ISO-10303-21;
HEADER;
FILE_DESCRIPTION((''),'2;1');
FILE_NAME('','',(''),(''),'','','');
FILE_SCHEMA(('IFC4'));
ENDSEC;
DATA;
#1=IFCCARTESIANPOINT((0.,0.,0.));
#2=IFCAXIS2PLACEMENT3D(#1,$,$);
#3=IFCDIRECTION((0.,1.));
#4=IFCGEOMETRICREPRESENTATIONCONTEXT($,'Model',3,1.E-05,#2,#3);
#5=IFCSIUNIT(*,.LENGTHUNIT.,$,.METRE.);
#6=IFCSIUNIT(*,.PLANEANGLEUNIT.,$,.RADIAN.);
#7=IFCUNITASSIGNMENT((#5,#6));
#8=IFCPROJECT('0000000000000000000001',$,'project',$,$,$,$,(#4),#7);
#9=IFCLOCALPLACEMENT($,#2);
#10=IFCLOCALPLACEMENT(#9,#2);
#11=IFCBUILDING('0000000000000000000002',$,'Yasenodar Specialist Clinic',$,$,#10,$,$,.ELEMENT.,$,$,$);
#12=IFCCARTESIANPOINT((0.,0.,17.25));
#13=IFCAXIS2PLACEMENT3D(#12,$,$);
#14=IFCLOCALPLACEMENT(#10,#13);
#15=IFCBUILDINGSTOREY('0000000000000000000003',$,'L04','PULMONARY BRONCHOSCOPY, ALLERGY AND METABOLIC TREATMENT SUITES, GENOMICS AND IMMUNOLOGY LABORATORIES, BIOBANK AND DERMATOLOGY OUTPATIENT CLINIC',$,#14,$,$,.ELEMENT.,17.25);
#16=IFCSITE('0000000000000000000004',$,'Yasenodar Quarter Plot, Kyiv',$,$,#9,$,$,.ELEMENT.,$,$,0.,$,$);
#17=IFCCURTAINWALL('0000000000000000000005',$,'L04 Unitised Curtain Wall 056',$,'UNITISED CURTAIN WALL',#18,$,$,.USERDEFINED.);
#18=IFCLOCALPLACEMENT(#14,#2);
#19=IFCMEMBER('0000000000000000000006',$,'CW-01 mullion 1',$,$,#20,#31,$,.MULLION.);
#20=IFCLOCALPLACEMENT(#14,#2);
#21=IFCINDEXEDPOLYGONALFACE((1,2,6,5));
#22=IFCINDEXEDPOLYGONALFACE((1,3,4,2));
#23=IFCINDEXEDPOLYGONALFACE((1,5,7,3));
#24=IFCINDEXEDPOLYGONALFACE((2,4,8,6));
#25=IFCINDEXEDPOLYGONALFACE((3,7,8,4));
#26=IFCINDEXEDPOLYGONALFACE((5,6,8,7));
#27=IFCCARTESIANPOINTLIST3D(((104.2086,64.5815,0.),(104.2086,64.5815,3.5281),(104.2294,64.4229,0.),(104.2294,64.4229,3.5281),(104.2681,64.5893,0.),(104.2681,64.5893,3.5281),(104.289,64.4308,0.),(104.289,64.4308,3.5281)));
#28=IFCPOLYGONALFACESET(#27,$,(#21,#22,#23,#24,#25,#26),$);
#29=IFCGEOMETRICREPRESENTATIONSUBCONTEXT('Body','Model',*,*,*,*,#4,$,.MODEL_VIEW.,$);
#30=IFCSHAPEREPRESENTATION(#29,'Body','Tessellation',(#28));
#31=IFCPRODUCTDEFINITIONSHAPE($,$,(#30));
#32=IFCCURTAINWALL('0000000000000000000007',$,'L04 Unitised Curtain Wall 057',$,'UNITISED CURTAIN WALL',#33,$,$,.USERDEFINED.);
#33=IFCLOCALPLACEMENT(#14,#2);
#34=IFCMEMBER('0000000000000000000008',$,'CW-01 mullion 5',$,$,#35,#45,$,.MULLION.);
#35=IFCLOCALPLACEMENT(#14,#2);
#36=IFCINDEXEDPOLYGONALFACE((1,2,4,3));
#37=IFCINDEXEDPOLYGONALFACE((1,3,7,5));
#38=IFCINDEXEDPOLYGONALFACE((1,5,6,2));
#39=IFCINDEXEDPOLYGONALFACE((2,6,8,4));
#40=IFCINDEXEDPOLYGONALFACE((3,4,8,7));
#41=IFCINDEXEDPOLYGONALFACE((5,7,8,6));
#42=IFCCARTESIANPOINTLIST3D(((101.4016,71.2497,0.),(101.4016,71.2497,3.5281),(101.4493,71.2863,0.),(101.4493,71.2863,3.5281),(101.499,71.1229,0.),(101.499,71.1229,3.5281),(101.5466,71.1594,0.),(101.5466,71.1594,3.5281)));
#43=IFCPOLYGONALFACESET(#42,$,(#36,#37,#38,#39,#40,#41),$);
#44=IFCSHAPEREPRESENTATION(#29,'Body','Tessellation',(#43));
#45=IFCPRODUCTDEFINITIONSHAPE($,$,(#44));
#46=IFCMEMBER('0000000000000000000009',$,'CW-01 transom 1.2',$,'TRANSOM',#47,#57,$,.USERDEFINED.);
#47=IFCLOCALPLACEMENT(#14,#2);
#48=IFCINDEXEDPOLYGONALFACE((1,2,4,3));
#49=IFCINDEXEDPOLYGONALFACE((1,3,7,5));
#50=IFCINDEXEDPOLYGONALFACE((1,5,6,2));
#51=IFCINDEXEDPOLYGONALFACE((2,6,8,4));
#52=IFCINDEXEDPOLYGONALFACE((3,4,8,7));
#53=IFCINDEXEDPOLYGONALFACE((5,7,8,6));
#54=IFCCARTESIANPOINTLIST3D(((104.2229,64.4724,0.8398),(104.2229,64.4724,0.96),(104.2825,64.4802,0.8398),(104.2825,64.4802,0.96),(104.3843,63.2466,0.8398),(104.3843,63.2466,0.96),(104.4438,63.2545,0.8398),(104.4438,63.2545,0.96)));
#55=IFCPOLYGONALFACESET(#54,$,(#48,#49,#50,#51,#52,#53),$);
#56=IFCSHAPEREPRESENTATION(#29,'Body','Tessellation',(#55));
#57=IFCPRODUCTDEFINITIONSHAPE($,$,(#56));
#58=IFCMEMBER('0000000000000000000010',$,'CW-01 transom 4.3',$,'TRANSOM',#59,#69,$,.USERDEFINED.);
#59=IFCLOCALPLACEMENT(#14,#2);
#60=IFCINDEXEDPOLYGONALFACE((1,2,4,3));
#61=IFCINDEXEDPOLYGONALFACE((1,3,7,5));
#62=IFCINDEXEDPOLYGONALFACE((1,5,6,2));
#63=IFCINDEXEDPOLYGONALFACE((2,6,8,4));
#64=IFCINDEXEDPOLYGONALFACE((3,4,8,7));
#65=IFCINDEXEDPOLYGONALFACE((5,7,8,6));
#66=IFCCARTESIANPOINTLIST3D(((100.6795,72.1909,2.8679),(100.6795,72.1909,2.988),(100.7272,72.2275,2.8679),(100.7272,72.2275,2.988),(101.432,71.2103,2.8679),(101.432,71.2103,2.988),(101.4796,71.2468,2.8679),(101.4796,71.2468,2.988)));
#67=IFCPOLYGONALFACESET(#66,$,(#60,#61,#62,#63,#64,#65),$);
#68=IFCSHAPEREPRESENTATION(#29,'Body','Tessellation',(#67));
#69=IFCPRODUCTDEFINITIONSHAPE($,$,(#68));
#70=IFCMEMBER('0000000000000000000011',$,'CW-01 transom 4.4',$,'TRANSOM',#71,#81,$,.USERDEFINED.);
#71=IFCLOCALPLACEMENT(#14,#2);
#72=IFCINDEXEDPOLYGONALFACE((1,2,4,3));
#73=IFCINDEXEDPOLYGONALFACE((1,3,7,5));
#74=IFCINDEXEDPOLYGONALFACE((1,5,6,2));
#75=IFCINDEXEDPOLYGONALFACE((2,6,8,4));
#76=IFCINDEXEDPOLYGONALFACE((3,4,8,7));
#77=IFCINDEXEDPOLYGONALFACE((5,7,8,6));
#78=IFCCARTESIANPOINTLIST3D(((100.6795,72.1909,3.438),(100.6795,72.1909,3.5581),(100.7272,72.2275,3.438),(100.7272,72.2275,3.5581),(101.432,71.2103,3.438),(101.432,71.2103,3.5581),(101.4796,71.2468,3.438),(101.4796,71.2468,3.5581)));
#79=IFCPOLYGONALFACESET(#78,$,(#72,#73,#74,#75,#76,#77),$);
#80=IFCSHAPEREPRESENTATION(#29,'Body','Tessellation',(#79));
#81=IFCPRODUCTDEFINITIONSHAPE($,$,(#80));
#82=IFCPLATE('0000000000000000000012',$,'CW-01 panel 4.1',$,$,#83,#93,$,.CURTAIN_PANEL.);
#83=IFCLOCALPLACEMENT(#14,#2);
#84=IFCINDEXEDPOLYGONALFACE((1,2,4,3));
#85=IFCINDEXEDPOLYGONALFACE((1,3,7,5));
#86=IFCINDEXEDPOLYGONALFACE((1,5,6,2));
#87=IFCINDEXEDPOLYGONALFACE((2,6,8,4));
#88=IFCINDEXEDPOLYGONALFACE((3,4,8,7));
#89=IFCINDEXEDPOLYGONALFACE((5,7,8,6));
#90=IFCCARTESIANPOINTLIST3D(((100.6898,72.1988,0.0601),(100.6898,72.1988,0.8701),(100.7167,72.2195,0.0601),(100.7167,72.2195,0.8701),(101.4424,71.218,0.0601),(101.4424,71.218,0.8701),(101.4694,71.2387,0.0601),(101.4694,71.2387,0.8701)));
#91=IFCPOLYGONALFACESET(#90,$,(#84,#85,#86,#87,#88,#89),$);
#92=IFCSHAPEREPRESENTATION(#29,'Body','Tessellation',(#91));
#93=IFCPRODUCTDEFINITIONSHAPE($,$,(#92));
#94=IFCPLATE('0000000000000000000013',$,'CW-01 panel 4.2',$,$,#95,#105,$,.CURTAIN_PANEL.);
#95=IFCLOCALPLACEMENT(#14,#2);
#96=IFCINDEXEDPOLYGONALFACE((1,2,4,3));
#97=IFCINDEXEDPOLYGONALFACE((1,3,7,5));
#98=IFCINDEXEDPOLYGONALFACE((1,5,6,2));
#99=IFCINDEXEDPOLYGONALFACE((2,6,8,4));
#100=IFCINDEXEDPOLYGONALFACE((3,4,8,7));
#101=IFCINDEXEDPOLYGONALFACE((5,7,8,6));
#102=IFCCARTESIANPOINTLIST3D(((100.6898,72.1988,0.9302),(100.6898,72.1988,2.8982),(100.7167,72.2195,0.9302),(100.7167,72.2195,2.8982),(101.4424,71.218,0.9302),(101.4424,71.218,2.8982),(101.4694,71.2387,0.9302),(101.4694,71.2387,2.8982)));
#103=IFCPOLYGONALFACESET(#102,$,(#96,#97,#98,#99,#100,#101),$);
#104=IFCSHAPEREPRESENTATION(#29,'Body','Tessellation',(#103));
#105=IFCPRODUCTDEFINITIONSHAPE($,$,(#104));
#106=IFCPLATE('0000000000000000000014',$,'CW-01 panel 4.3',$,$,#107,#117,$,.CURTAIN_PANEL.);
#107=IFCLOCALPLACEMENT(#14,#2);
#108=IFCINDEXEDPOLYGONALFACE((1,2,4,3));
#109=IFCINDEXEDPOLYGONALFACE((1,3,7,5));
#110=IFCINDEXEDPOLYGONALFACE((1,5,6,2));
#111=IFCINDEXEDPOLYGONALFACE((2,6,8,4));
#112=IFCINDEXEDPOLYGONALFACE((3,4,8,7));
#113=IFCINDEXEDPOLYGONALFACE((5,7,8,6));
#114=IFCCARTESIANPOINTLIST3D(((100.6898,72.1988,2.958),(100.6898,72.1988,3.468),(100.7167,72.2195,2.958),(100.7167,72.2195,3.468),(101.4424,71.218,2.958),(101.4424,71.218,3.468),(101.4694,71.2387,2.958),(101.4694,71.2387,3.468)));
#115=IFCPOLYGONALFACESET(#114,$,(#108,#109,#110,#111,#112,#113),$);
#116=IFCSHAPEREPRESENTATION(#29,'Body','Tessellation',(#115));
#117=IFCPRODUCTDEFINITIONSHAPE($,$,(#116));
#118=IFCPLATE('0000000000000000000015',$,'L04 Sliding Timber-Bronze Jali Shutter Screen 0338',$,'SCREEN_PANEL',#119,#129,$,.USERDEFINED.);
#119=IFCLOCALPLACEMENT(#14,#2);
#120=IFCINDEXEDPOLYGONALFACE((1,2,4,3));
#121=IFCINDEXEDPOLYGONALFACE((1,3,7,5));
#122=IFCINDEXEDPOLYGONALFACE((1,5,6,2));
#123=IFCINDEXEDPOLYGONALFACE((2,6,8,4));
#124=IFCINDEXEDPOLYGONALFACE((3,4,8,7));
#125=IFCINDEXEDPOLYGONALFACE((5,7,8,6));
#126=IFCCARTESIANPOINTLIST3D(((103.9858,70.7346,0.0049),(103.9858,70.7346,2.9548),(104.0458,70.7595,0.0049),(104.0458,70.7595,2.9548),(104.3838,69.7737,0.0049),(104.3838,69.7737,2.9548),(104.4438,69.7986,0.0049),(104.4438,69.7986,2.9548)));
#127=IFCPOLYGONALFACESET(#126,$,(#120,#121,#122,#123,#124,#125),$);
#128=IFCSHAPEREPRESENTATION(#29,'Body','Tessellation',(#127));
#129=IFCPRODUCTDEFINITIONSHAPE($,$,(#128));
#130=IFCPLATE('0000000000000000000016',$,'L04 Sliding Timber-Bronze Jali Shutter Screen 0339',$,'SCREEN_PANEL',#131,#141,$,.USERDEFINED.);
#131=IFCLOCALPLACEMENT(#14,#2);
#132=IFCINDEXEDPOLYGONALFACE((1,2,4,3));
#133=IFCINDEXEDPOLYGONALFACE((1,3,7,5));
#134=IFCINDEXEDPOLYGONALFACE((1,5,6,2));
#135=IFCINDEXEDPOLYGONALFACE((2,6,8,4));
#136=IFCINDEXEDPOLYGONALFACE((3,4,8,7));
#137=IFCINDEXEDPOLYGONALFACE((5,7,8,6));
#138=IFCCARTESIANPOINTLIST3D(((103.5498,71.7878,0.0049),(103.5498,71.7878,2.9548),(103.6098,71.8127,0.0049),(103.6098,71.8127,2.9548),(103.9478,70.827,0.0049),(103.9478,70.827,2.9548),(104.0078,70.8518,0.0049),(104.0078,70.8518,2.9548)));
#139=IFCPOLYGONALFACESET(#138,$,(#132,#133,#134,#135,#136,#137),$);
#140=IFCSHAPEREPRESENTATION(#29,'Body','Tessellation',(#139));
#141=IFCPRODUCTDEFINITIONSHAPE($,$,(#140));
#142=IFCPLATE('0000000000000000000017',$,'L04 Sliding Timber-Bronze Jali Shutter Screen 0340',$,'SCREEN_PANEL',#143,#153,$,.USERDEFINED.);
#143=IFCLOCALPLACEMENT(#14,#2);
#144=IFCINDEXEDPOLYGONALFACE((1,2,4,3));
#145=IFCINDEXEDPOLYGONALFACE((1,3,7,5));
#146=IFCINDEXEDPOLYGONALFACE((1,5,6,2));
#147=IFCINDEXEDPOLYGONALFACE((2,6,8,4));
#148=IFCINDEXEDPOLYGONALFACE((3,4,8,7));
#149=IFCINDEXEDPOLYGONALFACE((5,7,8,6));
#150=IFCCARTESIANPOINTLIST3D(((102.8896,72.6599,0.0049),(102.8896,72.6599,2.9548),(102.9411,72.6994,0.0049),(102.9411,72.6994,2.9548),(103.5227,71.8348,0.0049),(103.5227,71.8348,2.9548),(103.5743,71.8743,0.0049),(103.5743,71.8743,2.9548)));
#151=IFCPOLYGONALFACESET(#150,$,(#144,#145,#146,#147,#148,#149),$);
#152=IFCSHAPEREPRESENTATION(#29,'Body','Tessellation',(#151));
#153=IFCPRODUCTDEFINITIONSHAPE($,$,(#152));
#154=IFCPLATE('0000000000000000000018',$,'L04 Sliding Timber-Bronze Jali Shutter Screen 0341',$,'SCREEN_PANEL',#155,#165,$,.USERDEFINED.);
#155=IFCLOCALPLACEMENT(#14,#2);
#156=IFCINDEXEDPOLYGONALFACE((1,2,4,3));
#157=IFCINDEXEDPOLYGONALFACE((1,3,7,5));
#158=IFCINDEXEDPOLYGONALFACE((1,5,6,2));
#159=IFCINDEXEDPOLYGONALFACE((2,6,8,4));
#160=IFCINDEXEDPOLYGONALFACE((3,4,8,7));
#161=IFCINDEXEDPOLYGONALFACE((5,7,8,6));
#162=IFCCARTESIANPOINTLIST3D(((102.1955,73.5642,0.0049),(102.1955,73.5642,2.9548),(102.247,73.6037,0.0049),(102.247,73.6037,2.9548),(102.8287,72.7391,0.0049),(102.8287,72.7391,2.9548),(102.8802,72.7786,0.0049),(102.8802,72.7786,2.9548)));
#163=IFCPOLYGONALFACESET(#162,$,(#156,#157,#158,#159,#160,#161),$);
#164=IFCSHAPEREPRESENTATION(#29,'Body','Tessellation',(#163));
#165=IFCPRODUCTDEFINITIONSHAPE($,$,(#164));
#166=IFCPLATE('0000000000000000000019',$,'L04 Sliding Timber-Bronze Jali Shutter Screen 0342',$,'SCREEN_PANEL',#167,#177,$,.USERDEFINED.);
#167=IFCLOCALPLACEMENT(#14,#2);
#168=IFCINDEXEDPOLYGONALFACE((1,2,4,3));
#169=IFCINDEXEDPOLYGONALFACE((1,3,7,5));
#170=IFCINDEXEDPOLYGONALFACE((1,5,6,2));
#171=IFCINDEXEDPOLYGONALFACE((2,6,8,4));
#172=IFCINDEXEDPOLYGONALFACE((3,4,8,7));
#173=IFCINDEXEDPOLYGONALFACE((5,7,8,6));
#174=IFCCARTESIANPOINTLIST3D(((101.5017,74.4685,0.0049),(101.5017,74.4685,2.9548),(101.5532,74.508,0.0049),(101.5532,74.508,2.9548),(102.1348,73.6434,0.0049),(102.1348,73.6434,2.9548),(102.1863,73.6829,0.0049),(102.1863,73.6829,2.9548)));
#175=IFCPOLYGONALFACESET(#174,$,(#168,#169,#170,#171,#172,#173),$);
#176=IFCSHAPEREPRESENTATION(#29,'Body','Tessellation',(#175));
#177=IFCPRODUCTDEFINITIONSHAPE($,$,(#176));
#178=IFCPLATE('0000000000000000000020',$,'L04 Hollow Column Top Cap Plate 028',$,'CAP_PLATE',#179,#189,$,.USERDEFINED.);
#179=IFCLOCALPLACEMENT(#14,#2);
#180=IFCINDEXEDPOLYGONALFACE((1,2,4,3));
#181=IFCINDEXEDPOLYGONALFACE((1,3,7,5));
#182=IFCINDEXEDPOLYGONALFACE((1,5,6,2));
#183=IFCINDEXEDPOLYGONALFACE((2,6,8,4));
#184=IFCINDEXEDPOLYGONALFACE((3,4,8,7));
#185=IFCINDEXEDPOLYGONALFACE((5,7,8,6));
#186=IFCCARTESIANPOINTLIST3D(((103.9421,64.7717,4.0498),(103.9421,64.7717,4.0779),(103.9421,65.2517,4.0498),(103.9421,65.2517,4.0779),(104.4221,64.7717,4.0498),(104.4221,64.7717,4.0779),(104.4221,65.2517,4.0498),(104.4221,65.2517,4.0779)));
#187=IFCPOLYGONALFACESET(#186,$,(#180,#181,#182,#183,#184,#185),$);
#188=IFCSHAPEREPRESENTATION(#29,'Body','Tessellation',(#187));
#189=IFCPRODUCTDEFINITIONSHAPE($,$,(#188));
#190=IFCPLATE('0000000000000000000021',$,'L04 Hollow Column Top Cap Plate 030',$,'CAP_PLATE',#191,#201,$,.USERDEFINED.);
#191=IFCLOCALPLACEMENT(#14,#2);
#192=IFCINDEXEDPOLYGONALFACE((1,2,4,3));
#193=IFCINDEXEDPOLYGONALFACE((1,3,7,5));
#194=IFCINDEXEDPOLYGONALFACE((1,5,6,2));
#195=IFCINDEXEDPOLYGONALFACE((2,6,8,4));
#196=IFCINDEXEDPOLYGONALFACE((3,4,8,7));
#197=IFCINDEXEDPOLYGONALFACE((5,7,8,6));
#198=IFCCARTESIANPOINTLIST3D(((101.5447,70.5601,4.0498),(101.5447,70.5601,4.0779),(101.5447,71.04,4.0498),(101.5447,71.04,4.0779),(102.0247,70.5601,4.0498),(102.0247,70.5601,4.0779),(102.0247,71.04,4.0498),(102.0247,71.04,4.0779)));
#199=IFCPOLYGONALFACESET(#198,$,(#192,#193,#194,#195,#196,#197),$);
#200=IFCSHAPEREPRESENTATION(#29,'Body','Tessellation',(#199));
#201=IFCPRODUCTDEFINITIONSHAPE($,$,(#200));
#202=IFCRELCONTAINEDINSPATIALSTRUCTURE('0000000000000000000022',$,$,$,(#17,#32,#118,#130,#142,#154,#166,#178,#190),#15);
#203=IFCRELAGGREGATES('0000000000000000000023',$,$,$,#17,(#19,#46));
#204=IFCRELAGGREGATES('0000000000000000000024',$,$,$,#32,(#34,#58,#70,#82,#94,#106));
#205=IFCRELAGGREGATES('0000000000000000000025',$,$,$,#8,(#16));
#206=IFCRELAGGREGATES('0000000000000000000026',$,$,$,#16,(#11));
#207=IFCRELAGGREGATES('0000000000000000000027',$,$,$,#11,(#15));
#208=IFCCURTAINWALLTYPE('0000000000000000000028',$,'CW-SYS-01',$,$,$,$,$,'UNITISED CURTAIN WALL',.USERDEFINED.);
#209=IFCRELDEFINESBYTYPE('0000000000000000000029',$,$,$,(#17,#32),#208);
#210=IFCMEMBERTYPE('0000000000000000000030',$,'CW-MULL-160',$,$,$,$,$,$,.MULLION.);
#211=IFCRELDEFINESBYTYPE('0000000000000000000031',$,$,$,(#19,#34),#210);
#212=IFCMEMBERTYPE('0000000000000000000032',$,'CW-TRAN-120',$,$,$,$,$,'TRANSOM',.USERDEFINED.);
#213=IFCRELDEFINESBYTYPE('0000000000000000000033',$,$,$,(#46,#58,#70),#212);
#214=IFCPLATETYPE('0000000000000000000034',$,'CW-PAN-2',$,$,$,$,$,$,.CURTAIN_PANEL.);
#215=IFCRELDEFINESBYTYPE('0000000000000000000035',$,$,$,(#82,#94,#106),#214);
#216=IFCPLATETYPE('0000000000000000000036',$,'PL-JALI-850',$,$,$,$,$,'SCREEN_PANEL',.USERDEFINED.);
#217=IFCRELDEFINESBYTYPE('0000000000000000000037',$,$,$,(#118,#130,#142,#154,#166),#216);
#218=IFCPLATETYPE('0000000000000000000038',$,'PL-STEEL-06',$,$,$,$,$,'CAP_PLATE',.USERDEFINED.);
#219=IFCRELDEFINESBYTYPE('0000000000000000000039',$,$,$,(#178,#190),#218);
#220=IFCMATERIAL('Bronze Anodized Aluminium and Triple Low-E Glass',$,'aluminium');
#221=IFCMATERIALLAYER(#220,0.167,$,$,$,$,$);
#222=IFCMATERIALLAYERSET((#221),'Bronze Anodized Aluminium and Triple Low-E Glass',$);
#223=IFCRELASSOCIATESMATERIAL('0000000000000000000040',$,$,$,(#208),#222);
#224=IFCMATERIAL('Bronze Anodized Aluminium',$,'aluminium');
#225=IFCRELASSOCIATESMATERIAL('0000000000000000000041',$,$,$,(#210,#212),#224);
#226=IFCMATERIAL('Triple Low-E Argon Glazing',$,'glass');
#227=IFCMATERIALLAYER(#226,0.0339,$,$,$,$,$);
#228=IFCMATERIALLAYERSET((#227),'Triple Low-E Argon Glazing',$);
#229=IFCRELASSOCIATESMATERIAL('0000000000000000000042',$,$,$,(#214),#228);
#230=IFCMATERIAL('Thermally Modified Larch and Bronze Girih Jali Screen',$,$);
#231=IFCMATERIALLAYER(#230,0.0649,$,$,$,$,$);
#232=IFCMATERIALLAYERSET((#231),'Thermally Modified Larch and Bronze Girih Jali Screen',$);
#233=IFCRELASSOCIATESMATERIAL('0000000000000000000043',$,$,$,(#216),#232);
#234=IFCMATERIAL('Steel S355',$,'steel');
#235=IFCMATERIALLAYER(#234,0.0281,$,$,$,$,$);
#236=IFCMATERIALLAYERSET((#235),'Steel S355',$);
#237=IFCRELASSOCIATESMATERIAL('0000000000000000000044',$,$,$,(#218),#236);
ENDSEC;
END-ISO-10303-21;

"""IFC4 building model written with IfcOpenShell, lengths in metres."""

from ifc_helpers import new_model, si_unit, direction, frame, origin, origin_2d, place, context, subcontext, project, spatial, rectangle, extrude, material, layer, layer_set, material_profile, profile_set, type_object, element, aggregate, save


model = new_model("IFC4")

# Units and contexts
model_context = context("Model", 3, precision=1e-05, world=origin(), true_north=direction((0.0, 1.0)))
body_context = subcontext(model_context, "Body", "Model", "MODEL_VIEW")
ifc_project = project(units=[si_unit("LENGTHUNIT", "METRE"), si_unit("PLANEANGLEUNIT", "RADIAN")], contexts=[model_context])

# Site, building, storey
site_placement = place(None, origin())
site = spatial("IfcSite", under=ifc_project, at=site_placement, Name="Yasenodar Quarter Plot, Kyiv", CompositionType="ELEMENT", RefElevation=0.0)
building_placement = place(site_placement, origin())
building = spatial("IfcBuilding", under=site, at=building_placement, Name="Yasenodar Specialist Clinic", CompositionType="ELEMENT")
storey_placement = place(building_placement, frame((0.0, 0.0, 17.25)))
storey = spatial("IfcBuildingStorey", under=building, at=storey_placement, Name="L04", Description="PULMONARY BRONCHOSCOPY, ALLERGY AND METABOLIC TREATMENT SUITES, GENOMICS AND IMMUNOLOGY LABORATORIES, BIOBANK AND DERMATOLOGY OUTPATIENT CLINIC", CompositionType="ELEMENT", Elevation=17.25)

# Shared definitions
ifc_material_1 = material(Name="Steel S355", Category="steel")

# Curtain walls, members
ifc_material_2 = material(Name="Bronze Anodized Aluminium and Triple Low-E Glass", Category="aluminium")
ifc_layer_1 = layer(ifc_material_2, 0.167)
ifc_layer_set_1 = layer_set([ifc_layer_1], Name="Bronze Anodized Aluminium and Triple Low-E Glass")
curtain_wall_type = type_object("IfcCurtainWallType", Name="CW-SYS-01", ElementType="UNITISED CURTAIN WALL", PredefinedType="USERDEFINED", material=ifc_layer_set_1)
curtain_wall_1_placement = place(storey_placement, origin())
curtain_wall_1 = element("IfcCurtainWall", 1, at=curtain_wall_1_placement, inside=storey, type_object=curtain_wall_type, Name="L04 Unitised Curtain Wall 056", ObjectType="UNITISED CURTAIN WALL", PredefinedType="USERDEFINED")
ifc_material_3 = material(Name="Bronze Anodized Aluminium", Category="aluminium")
ifc_material_profile_1 = material_profile(ifc_material_3, rectangle(XDim=0.0601, YDim=0.1599, at=origin_2d()), Name="CW-MULL 60x160")
ifc_profile_set_1 = profile_set([ifc_material_profile_1], Name="Bronze Anodized Aluminium")
member_type_1 = type_object("IfcMemberType", Name="CW-MULL-160", PredefinedType="MULLION", material=ifc_profile_set_1)
member_1_placement = place(storey_placement, frame((104.2488, 64.5061, 0.0), z_axis=(0.0, 0.0, 1.0), x_axis=(0.991447, 0.130512, 0.0)))
member_1 = element("IfcMember", 2, at=member_1_placement, type_object=member_type_1, Name="CW-01 mullion 1", PredefinedType="MULLION", context=body_context, shape_type="SweptSolid", body=[
    extrude(rectangle(XDim=0.0601, YDim=0.1599, at=origin_2d()), origin(), (0.0, 0.0, 1.0), 3.5281),
])
curtain_wall_2_placement = place(storey_placement, origin())
curtain_wall_2 = element("IfcCurtainWall", 3, at=curtain_wall_2_placement, inside=storey, type_object=curtain_wall_type, Name="L04 Unitised Curtain Wall 057", ObjectType="UNITISED CURTAIN WALL", PredefinedType="USERDEFINED")
member_2_placement = place(storey_placement, frame((101.4741, 71.2046, 0.0), z_axis=(0.0, 0.0, 1.0), x_axis=(0.793361, 0.608752, 0.0)))
member_2 = element("IfcMember", 4, at=member_2_placement, type_object=member_type_1, Name="CW-01 mullion 5", PredefinedType="MULLION", context=body_context, shape_type="SweptSolid", body=[
    extrude(rectangle(XDim=0.0601, YDim=0.1599, at=origin_2d()), origin(), (0.0, 0.0, 1.0), 3.5281),
])

# Members
ifc_material_profile_2 = material_profile(ifc_material_3, rectangle(XDim=0.0601, YDim=0.1201, at=origin_2d()), Name="CW-TRAN 60x120")
ifc_profile_set_2 = profile_set([ifc_material_profile_2], Name="Bronze Anodized Aluminium")
member_type_2 = type_object("IfcMemberType", Name="CW-TRAN-120", ElementType="TRANSOM", PredefinedType="USERDEFINED", material=ifc_profile_set_2)
member_3_placement = place(storey_placement, frame((104.2527, 64.4763, 0.8999), z_axis=(0.130521, -0.991446, 0.0), x_axis=(0.991446, 0.130521, 0.0)))
member_3 = element("IfcMember", 5, at=member_3_placement, type_object=member_type_2, Name="CW-01 transom 1.2", ObjectType="TRANSOM", PredefinedType="USERDEFINED", context=body_context, shape_type="SweptSolid", body=[
    extrude(rectangle(XDim=0.0601, YDim=0.1201, at=origin_2d()), origin(), (0.0, 0.0, 1.0), 1.2363),
])
aggregate(curtain_wall_1, [member_1, member_3])
member_4_placement = place(storey_placement, frame((100.7034, 72.2092, 2.928), z_axis=(0.608718, -0.793387, 0.0), x_axis=(0.793387, 0.608718, 0.0)))
member_4 = element("IfcMember", 6, at=member_4_placement, type_object=member_type_2, Name="CW-01 transom 4.3", ObjectType="TRANSOM", PredefinedType="USERDEFINED", context=body_context, shape_type="SweptSolid", body=[
    extrude(rectangle(XDim=0.0601, YDim=0.1201, at=origin_2d()), origin(), (0.0, 0.0, 1.0), 1.2361),
])
member_5_placement = place(storey_placement, frame((100.7034, 72.2092, 3.498), z_axis=(0.608718, -0.793387, 0.0), x_axis=(0.793387, 0.608718, 0.0)))
member_5 = element("IfcMember", 7, at=member_5_placement, type_object=member_type_2, Name="CW-01 transom 4.4", ObjectType="TRANSOM", PredefinedType="USERDEFINED", context=body_context, shape_type="SweptSolid", body=[
    extrude(rectangle(XDim=0.0601, YDim=0.1201, at=origin_2d()), origin(), (0.0, 0.0, 1.0), 1.2361),
])

# Plates
ifc_material_4 = material(Name="Triple Low-E Argon Glazing", Category="glass")
ifc_layer_2 = layer(ifc_material_4, 0.0339)
ifc_layer_set_2 = layer_set([ifc_layer_2], Name="Triple Low-E Argon Glazing")
plate_type_1 = type_object("IfcPlateType", Name="CW-PAN-2", PredefinedType="CURTAIN_PANEL", material=ifc_layer_set_2)
plate_1_placement = place(storey_placement, frame((101.0796, 71.7188, 0.0601), z_axis=(0.0, 0.0, 1.0), x_axis=(0.608752, -0.793361, 0.0)))
plate_1 = element("IfcPlate", 8, at=plate_1_placement, type_object=plate_type_1, Name="CW-01 panel 4.1", PredefinedType="CURTAIN_PANEL", context=body_context, shape_type="SweptSolid", body=[
    extrude(rectangle(XDim=1.2363, YDim=0.0339, at=origin_2d()), origin(), (0.0, 0.0, 1.0), 0.8101),
])
plate_2_placement = place(storey_placement, frame((101.0796, 71.7188, 0.9302), z_axis=(0.0, 0.0, 1.0), x_axis=(0.608752, -0.793361, 0.0)))
plate_2 = element("IfcPlate", 9, at=plate_2_placement, type_object=plate_type_1, Name="CW-01 panel 4.2", PredefinedType="CURTAIN_PANEL", context=body_context, shape_type="SweptSolid", body=[
    extrude(rectangle(XDim=1.2363, YDim=0.0339, at=origin_2d()), origin(), (0.0, 0.0, 1.0), 1.968),
])
plate_3_placement = place(storey_placement, frame((101.0796, 71.7188, 2.958), z_axis=(0.0, 0.0, 1.0), x_axis=(0.608752, -0.793361, 0.0)))
plate_3 = element("IfcPlate", 10, at=plate_3_placement, type_object=plate_type_1, Name="CW-01 panel 4.3", PredefinedType="CURTAIN_PANEL", context=body_context, shape_type="SweptSolid", body=[
    extrude(rectangle(XDim=1.2363, YDim=0.0339, at=origin_2d()), origin(), (0.0, 0.0, 1.0), 0.51),
])
aggregate(curtain_wall_2, [member_2, member_4, member_5, plate_1, plate_2, plate_3])

# Plates
ifc_material_5 = material(Name="Thermally Modified Larch and Bronze Girih Jali Screen")
ifc_layer_3 = layer(ifc_material_5, 0.0649)
ifc_layer_set_3 = layer_set([ifc_layer_3], Name="Thermally Modified Larch and Bronze Girih Jali Screen")
plate_type_2 = type_object("IfcPlateType", Name="PL-JALI-850", ElementType="SCREEN_PANEL", PredefinedType="USERDEFINED", material=ifc_layer_set_3)
for number, where, z_axis, x_axis, name in (
    (11, (104.2148, 70.2666, 0.0049), (0.0, 0.0, 1.0), (-0.382687, 0.923878, 0.0), "L04 Sliding Timber-Bronze Jali Shutter Screen 0338"),
    (12, (103.7788, 71.3198, 0.0049), (0.0, 0.0, 1.0), (-0.382687, 0.923878, 0.0), "L04 Sliding Timber-Bronze Jali Shutter Screen 0339"),
    (13, (103.2319, 72.2671, 0.0049), (0.0, 0.0, 1.0), (-0.608764, 0.793351, 0.0), "L04 Sliding Timber-Bronze Jali Shutter Screen 0340"),
    (14, (102.5378, 73.1714, 0.0049), (0.0, 0.0, 1.0), (-0.608764, 0.793351, 0.0), "L04 Sliding Timber-Bronze Jali Shutter Screen 0341"),
    (15, (101.844, 74.0757, 0.0049), (0.0, 0.0, 1.0), (-0.608764, 0.793351, 0.0), "L04 Sliding Timber-Bronze Jali Shutter Screen 0342"),
):
    element("IfcPlate", number, at=place(storey_placement, frame(where, z_axis=z_axis, x_axis=x_axis)), inside=storey, type_object=plate_type_2, Name=name, ObjectType="SCREEN_PANEL", PredefinedType="USERDEFINED", context=body_context, shape_type="SweptSolid", body=[
        extrude(rectangle(XDim=1.04, YDim=0.0649, at=origin_2d()), origin(), (0.0, 0.0, 1.0), 2.95),
    ])
ifc_layer_4 = layer(ifc_material_1, 0.0281)
ifc_layer_set_4 = layer_set([ifc_layer_4], Name="Steel S355")
plate_type_3 = type_object("IfcPlateType", Name="PL-STEEL-06", ElementType="CAP_PLATE", PredefinedType="USERDEFINED", material=ifc_layer_set_4)
for number, where, z_axis, x_axis, name in (
    (16, (104.1821, 65.0117, 4.0498), (0.0, 0.0, 1.0), (1.0, 0.0, 0.0), "L04 Hollow Column Top Cap Plate 028"),
    (17, (101.7847, 70.8, 4.0498), (0.0, 0.0, 1.0), (1.0, 0.0, 0.0), "L04 Hollow Column Top Cap Plate 030"),
):
    element("IfcPlate", number, at=place(storey_placement, frame(where, z_axis=z_axis, x_axis=x_axis)), inside=storey, type_object=plate_type_3, Name=name, ObjectType="CAP_PLATE", PredefinedType="USERDEFINED", context=body_context, shape_type="SweptSolid", body=[
        extrude(rectangle(XDim=0.48, YDim=0.48, at=origin_2d()), origin(), (0.0, 0.0, 1.0), 0.0281),
    ])

save(model, "model.ifc")
